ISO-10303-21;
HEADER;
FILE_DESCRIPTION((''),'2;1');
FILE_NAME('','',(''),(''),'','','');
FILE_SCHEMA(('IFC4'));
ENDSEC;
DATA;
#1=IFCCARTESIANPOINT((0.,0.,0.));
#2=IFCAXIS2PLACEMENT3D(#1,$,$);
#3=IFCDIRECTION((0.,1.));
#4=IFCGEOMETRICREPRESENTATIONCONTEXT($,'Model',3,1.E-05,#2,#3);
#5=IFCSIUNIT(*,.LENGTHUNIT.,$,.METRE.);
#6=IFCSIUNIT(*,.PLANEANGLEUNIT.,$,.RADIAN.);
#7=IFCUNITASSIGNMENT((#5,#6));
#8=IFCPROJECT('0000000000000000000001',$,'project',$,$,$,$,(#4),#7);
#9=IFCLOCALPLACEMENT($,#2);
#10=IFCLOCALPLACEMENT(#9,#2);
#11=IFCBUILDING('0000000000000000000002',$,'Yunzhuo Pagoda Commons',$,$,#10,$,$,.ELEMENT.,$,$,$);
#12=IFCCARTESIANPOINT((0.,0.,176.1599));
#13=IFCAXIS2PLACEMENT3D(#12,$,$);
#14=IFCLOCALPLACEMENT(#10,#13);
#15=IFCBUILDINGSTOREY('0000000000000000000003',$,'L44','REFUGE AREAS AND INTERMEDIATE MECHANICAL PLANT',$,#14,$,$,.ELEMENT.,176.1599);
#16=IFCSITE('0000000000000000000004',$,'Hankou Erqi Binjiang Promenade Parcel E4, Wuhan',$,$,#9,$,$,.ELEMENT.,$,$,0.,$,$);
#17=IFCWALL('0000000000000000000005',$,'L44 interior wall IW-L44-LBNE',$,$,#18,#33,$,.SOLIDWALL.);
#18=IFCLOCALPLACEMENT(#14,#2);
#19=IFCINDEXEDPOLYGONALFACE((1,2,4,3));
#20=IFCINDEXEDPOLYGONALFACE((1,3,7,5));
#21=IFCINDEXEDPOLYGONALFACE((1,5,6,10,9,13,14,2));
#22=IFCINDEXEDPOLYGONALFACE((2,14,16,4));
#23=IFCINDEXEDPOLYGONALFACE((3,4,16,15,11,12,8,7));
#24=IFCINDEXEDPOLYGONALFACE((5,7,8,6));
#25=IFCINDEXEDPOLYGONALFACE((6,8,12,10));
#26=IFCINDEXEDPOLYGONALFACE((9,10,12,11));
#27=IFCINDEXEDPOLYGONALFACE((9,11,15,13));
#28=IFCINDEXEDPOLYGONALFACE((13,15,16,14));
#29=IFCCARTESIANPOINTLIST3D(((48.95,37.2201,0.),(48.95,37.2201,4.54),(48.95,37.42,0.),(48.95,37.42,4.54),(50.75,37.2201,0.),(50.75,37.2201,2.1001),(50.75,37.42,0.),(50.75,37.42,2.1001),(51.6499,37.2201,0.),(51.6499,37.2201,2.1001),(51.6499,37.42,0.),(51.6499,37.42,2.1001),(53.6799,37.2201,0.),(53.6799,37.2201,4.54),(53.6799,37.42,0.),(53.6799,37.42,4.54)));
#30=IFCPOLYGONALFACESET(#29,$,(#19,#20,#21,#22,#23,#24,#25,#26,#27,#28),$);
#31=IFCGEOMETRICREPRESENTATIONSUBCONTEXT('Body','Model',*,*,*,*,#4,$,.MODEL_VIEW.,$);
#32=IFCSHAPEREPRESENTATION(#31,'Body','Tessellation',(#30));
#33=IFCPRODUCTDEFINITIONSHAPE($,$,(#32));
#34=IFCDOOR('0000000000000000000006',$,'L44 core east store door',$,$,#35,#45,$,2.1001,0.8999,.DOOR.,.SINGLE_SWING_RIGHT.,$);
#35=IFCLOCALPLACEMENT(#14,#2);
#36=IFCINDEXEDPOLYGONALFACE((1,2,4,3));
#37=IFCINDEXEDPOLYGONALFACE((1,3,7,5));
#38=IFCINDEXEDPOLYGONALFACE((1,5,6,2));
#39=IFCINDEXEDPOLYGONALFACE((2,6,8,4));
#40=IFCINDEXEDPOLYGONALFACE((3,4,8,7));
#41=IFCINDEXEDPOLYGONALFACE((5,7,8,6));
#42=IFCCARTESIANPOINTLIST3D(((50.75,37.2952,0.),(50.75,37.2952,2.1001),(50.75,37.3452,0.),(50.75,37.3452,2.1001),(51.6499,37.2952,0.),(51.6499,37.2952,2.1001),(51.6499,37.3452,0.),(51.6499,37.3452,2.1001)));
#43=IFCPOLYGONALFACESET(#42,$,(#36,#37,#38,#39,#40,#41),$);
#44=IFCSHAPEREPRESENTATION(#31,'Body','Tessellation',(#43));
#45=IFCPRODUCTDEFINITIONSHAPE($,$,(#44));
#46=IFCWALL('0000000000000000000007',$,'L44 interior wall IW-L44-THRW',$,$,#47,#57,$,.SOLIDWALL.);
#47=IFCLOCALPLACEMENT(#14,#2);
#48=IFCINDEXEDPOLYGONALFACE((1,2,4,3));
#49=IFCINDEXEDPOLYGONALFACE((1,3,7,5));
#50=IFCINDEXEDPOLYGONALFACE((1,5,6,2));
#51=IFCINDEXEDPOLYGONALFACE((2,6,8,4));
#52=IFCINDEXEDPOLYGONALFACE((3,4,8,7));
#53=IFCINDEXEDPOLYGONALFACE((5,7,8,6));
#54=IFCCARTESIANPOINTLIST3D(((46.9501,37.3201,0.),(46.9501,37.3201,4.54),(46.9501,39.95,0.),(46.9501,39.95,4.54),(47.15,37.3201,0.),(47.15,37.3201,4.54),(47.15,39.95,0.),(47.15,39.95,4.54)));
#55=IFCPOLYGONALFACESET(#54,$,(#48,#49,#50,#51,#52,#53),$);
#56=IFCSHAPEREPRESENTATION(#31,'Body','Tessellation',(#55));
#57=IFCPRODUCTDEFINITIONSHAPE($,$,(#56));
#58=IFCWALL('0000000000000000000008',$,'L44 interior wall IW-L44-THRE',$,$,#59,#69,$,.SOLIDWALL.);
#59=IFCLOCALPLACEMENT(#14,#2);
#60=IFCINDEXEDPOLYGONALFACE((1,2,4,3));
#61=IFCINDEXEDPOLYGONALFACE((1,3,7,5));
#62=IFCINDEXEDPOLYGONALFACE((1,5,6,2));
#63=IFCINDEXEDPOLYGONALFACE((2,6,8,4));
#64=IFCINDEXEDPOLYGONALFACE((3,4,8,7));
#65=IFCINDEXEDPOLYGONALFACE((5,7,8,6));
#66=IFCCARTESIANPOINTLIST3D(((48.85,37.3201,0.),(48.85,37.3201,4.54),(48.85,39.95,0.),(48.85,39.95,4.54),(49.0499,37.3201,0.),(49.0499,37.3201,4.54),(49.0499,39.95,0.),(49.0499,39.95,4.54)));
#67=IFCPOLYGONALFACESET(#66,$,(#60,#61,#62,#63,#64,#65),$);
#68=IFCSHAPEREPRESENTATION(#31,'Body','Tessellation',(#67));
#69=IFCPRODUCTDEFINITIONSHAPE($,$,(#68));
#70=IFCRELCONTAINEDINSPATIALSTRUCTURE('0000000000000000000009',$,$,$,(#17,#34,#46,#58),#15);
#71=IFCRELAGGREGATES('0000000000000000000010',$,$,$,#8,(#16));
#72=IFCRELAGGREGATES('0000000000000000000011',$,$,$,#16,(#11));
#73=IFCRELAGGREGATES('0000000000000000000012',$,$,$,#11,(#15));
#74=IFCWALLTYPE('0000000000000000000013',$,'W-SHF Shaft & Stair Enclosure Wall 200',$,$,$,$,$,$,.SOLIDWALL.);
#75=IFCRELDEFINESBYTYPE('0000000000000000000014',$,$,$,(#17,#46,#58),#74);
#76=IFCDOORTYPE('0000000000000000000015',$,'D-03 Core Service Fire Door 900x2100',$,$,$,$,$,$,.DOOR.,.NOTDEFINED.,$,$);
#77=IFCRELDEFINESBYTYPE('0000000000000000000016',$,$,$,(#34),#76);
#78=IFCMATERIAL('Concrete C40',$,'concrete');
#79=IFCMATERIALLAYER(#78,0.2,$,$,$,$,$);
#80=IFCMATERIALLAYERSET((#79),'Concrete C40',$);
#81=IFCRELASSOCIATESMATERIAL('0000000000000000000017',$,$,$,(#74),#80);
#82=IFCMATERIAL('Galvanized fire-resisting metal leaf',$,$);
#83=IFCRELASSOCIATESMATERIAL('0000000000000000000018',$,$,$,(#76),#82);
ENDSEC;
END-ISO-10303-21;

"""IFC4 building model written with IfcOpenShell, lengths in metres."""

from ifc_helpers import new_model, si_unit, direction, frame, frame_2d, origin, place, context, subcontext, project, spatial, rectangle, extrude, source, transform, mapped, material, layer, layer_set, type_object, element, fill, save


model = new_model("IFC4")

# Units and contexts
model_context = context("Model", 3, precision=1e-05, world=origin(), true_north=direction((0.0, 1.0)))
body_context = subcontext(model_context, "Body", "Model", "MODEL_VIEW")
ifc_project = project(units=[si_unit("LENGTHUNIT", "METRE"), si_unit("PLANEANGLEUNIT", "RADIAN")], contexts=[model_context])

# Site, building, storey
site_placement = place(None, origin())
site = spatial("IfcSite", under=ifc_project, at=site_placement, Name="Hankou Erqi Binjiang Promenade Parcel E4, Wuhan", CompositionType="ELEMENT", RefElevation=0.0)
building_placement = place(site_placement, origin())
building = spatial("IfcBuilding", under=site, at=building_placement, Name="Yunzhuo Pagoda Commons", CompositionType="ELEMENT")
storey_placement = place(building_placement, frame((0.0, 0.0, 176.1599)))
storey = spatial("IfcBuildingStorey", under=building, at=storey_placement, Name="L44", Description="REFUGE AREAS AND INTERMEDIATE MECHANICAL PLANT", CompositionType="ELEMENT", Elevation=176.1599)

# Shared definitions
ifc_material_1 = material(Name="Galvanized fire-resisting metal leaf")

# Shared definitions
ifc_material_2 = material(Name="Concrete C40", Category="concrete")
ifc_layer_1 = layer(ifc_material_2, 0.2)
ifc_layer_set_1 = layer_set([ifc_layer_1], Name="Concrete C40")
wall_type_1 = type_object("IfcWallType", Name="W-SHF Shaft & Stair Enclosure Wall 200", PredefinedType="SOLIDWALL", material=ifc_layer_set_1)

# Wall, opening, door
wall_1_placement = place(storey_placement, frame((48.95, 37.3201, 0.0), z_axis=(0.0, 0.0, 1.0), x_axis=(1.0, 0.0, 0.0)))
wall_1 = element("IfcWall", 1, at=wall_1_placement, inside=storey, type_object=wall_type_1, Name="L44 interior wall IW-L44-LBNE", PredefinedType="SOLIDWALL", context=body_context, shape_type="SweptSolid", body=[
    extrude(rectangle(XDim=4.73, YDim=0.2, at=frame_2d((2.365, 0.0))), origin(), (0.0, 0.0, 1.0), 4.54),
])
opening_1_placement = place(wall_1_placement, frame((1.8, 0.0, 0.0)))
opening_1 = element("IfcOpeningElement", 2, at=opening_1_placement, cuts=wall_1, PredefinedType="OPENING", context=body_context, shape_type="SweptSolid", body=[
    extrude(rectangle(XDim=0.8999, YDim=2.1001, at=frame_2d((0.45, 1.05))), frame((0.0, 0.1099, 0.0), z_axis=(0.0, -1.0, 0.0), x_axis=(1.0, 0.0, 0.0)), (0.0, 0.0, 1.0), 0.22),
])
door_type_1 = type_object("IfcDoorType", Name="D-03 Core Service Fire Door 900x2100", OperationType="NOTDEFINED", PredefinedType="DOOR", material=ifc_material_1)
shared_shape_1 = source(origin(), body_context, "Body", "SweptSolid", [
    extrude(rectangle(XDim=0.8999, YDim=2.1001, at=frame_2d((0.45, 1.05))), frame((0.0, 0.0249, 0.0), z_axis=(0.0, -1.0, 0.0), x_axis=(1.0, 0.0, 0.0)), (0.0, 0.0, 1.0), 0.05),
])
door_1_placement = place(opening_1_placement, frame((0.8999, 0.0, 0.0), z_axis=(0.0, 0.0, 1.0), x_axis=(-1.0, 0.0, 0.0)))
door_1 = element("IfcDoor", 3, at=door_1_placement, inside=storey, type_object=door_type_1, Name="L44 core east store door", OperationType="SINGLE_SWING_RIGHT", OverallHeight=2.1001, OverallWidth=0.8999, PredefinedType="DOOR", context=body_context, shape_type="MappedRepresentation", body=[
    mapped(shared_shape_1, transform((0.0, 0.0, 0.0), scale=1.0)),
])
fill(opening_1, door_1)

# Walls
for number, where, z_axis, x_axis, name in (
    (4, (47.05, 37.3201, 0.0), (0.0, 0.0, 1.0), (0.0, 1.0, 0.0), "L44 interior wall IW-L44-THRW"),
    (5, (48.95, 37.3201, 0.0), (0.0, 0.0, 1.0), (0.0, 1.0, 0.0), "L44 interior wall IW-L44-THRE"),
):
    element("IfcWall", number, at=place(storey_placement, frame(where, z_axis=z_axis, x_axis=x_axis)), inside=storey, type_object=wall_type_1, Name=name, PredefinedType="SOLIDWALL", context=body_context, shape_type="SweptSolid", body=[
        extrude(rectangle(XDim=2.6299, YDim=0.2, at=frame_2d((1.3149, 0.0))), origin(), (0.0, 0.0, 1.0), 4.54),
    ])

save(model, "model.ifc")
